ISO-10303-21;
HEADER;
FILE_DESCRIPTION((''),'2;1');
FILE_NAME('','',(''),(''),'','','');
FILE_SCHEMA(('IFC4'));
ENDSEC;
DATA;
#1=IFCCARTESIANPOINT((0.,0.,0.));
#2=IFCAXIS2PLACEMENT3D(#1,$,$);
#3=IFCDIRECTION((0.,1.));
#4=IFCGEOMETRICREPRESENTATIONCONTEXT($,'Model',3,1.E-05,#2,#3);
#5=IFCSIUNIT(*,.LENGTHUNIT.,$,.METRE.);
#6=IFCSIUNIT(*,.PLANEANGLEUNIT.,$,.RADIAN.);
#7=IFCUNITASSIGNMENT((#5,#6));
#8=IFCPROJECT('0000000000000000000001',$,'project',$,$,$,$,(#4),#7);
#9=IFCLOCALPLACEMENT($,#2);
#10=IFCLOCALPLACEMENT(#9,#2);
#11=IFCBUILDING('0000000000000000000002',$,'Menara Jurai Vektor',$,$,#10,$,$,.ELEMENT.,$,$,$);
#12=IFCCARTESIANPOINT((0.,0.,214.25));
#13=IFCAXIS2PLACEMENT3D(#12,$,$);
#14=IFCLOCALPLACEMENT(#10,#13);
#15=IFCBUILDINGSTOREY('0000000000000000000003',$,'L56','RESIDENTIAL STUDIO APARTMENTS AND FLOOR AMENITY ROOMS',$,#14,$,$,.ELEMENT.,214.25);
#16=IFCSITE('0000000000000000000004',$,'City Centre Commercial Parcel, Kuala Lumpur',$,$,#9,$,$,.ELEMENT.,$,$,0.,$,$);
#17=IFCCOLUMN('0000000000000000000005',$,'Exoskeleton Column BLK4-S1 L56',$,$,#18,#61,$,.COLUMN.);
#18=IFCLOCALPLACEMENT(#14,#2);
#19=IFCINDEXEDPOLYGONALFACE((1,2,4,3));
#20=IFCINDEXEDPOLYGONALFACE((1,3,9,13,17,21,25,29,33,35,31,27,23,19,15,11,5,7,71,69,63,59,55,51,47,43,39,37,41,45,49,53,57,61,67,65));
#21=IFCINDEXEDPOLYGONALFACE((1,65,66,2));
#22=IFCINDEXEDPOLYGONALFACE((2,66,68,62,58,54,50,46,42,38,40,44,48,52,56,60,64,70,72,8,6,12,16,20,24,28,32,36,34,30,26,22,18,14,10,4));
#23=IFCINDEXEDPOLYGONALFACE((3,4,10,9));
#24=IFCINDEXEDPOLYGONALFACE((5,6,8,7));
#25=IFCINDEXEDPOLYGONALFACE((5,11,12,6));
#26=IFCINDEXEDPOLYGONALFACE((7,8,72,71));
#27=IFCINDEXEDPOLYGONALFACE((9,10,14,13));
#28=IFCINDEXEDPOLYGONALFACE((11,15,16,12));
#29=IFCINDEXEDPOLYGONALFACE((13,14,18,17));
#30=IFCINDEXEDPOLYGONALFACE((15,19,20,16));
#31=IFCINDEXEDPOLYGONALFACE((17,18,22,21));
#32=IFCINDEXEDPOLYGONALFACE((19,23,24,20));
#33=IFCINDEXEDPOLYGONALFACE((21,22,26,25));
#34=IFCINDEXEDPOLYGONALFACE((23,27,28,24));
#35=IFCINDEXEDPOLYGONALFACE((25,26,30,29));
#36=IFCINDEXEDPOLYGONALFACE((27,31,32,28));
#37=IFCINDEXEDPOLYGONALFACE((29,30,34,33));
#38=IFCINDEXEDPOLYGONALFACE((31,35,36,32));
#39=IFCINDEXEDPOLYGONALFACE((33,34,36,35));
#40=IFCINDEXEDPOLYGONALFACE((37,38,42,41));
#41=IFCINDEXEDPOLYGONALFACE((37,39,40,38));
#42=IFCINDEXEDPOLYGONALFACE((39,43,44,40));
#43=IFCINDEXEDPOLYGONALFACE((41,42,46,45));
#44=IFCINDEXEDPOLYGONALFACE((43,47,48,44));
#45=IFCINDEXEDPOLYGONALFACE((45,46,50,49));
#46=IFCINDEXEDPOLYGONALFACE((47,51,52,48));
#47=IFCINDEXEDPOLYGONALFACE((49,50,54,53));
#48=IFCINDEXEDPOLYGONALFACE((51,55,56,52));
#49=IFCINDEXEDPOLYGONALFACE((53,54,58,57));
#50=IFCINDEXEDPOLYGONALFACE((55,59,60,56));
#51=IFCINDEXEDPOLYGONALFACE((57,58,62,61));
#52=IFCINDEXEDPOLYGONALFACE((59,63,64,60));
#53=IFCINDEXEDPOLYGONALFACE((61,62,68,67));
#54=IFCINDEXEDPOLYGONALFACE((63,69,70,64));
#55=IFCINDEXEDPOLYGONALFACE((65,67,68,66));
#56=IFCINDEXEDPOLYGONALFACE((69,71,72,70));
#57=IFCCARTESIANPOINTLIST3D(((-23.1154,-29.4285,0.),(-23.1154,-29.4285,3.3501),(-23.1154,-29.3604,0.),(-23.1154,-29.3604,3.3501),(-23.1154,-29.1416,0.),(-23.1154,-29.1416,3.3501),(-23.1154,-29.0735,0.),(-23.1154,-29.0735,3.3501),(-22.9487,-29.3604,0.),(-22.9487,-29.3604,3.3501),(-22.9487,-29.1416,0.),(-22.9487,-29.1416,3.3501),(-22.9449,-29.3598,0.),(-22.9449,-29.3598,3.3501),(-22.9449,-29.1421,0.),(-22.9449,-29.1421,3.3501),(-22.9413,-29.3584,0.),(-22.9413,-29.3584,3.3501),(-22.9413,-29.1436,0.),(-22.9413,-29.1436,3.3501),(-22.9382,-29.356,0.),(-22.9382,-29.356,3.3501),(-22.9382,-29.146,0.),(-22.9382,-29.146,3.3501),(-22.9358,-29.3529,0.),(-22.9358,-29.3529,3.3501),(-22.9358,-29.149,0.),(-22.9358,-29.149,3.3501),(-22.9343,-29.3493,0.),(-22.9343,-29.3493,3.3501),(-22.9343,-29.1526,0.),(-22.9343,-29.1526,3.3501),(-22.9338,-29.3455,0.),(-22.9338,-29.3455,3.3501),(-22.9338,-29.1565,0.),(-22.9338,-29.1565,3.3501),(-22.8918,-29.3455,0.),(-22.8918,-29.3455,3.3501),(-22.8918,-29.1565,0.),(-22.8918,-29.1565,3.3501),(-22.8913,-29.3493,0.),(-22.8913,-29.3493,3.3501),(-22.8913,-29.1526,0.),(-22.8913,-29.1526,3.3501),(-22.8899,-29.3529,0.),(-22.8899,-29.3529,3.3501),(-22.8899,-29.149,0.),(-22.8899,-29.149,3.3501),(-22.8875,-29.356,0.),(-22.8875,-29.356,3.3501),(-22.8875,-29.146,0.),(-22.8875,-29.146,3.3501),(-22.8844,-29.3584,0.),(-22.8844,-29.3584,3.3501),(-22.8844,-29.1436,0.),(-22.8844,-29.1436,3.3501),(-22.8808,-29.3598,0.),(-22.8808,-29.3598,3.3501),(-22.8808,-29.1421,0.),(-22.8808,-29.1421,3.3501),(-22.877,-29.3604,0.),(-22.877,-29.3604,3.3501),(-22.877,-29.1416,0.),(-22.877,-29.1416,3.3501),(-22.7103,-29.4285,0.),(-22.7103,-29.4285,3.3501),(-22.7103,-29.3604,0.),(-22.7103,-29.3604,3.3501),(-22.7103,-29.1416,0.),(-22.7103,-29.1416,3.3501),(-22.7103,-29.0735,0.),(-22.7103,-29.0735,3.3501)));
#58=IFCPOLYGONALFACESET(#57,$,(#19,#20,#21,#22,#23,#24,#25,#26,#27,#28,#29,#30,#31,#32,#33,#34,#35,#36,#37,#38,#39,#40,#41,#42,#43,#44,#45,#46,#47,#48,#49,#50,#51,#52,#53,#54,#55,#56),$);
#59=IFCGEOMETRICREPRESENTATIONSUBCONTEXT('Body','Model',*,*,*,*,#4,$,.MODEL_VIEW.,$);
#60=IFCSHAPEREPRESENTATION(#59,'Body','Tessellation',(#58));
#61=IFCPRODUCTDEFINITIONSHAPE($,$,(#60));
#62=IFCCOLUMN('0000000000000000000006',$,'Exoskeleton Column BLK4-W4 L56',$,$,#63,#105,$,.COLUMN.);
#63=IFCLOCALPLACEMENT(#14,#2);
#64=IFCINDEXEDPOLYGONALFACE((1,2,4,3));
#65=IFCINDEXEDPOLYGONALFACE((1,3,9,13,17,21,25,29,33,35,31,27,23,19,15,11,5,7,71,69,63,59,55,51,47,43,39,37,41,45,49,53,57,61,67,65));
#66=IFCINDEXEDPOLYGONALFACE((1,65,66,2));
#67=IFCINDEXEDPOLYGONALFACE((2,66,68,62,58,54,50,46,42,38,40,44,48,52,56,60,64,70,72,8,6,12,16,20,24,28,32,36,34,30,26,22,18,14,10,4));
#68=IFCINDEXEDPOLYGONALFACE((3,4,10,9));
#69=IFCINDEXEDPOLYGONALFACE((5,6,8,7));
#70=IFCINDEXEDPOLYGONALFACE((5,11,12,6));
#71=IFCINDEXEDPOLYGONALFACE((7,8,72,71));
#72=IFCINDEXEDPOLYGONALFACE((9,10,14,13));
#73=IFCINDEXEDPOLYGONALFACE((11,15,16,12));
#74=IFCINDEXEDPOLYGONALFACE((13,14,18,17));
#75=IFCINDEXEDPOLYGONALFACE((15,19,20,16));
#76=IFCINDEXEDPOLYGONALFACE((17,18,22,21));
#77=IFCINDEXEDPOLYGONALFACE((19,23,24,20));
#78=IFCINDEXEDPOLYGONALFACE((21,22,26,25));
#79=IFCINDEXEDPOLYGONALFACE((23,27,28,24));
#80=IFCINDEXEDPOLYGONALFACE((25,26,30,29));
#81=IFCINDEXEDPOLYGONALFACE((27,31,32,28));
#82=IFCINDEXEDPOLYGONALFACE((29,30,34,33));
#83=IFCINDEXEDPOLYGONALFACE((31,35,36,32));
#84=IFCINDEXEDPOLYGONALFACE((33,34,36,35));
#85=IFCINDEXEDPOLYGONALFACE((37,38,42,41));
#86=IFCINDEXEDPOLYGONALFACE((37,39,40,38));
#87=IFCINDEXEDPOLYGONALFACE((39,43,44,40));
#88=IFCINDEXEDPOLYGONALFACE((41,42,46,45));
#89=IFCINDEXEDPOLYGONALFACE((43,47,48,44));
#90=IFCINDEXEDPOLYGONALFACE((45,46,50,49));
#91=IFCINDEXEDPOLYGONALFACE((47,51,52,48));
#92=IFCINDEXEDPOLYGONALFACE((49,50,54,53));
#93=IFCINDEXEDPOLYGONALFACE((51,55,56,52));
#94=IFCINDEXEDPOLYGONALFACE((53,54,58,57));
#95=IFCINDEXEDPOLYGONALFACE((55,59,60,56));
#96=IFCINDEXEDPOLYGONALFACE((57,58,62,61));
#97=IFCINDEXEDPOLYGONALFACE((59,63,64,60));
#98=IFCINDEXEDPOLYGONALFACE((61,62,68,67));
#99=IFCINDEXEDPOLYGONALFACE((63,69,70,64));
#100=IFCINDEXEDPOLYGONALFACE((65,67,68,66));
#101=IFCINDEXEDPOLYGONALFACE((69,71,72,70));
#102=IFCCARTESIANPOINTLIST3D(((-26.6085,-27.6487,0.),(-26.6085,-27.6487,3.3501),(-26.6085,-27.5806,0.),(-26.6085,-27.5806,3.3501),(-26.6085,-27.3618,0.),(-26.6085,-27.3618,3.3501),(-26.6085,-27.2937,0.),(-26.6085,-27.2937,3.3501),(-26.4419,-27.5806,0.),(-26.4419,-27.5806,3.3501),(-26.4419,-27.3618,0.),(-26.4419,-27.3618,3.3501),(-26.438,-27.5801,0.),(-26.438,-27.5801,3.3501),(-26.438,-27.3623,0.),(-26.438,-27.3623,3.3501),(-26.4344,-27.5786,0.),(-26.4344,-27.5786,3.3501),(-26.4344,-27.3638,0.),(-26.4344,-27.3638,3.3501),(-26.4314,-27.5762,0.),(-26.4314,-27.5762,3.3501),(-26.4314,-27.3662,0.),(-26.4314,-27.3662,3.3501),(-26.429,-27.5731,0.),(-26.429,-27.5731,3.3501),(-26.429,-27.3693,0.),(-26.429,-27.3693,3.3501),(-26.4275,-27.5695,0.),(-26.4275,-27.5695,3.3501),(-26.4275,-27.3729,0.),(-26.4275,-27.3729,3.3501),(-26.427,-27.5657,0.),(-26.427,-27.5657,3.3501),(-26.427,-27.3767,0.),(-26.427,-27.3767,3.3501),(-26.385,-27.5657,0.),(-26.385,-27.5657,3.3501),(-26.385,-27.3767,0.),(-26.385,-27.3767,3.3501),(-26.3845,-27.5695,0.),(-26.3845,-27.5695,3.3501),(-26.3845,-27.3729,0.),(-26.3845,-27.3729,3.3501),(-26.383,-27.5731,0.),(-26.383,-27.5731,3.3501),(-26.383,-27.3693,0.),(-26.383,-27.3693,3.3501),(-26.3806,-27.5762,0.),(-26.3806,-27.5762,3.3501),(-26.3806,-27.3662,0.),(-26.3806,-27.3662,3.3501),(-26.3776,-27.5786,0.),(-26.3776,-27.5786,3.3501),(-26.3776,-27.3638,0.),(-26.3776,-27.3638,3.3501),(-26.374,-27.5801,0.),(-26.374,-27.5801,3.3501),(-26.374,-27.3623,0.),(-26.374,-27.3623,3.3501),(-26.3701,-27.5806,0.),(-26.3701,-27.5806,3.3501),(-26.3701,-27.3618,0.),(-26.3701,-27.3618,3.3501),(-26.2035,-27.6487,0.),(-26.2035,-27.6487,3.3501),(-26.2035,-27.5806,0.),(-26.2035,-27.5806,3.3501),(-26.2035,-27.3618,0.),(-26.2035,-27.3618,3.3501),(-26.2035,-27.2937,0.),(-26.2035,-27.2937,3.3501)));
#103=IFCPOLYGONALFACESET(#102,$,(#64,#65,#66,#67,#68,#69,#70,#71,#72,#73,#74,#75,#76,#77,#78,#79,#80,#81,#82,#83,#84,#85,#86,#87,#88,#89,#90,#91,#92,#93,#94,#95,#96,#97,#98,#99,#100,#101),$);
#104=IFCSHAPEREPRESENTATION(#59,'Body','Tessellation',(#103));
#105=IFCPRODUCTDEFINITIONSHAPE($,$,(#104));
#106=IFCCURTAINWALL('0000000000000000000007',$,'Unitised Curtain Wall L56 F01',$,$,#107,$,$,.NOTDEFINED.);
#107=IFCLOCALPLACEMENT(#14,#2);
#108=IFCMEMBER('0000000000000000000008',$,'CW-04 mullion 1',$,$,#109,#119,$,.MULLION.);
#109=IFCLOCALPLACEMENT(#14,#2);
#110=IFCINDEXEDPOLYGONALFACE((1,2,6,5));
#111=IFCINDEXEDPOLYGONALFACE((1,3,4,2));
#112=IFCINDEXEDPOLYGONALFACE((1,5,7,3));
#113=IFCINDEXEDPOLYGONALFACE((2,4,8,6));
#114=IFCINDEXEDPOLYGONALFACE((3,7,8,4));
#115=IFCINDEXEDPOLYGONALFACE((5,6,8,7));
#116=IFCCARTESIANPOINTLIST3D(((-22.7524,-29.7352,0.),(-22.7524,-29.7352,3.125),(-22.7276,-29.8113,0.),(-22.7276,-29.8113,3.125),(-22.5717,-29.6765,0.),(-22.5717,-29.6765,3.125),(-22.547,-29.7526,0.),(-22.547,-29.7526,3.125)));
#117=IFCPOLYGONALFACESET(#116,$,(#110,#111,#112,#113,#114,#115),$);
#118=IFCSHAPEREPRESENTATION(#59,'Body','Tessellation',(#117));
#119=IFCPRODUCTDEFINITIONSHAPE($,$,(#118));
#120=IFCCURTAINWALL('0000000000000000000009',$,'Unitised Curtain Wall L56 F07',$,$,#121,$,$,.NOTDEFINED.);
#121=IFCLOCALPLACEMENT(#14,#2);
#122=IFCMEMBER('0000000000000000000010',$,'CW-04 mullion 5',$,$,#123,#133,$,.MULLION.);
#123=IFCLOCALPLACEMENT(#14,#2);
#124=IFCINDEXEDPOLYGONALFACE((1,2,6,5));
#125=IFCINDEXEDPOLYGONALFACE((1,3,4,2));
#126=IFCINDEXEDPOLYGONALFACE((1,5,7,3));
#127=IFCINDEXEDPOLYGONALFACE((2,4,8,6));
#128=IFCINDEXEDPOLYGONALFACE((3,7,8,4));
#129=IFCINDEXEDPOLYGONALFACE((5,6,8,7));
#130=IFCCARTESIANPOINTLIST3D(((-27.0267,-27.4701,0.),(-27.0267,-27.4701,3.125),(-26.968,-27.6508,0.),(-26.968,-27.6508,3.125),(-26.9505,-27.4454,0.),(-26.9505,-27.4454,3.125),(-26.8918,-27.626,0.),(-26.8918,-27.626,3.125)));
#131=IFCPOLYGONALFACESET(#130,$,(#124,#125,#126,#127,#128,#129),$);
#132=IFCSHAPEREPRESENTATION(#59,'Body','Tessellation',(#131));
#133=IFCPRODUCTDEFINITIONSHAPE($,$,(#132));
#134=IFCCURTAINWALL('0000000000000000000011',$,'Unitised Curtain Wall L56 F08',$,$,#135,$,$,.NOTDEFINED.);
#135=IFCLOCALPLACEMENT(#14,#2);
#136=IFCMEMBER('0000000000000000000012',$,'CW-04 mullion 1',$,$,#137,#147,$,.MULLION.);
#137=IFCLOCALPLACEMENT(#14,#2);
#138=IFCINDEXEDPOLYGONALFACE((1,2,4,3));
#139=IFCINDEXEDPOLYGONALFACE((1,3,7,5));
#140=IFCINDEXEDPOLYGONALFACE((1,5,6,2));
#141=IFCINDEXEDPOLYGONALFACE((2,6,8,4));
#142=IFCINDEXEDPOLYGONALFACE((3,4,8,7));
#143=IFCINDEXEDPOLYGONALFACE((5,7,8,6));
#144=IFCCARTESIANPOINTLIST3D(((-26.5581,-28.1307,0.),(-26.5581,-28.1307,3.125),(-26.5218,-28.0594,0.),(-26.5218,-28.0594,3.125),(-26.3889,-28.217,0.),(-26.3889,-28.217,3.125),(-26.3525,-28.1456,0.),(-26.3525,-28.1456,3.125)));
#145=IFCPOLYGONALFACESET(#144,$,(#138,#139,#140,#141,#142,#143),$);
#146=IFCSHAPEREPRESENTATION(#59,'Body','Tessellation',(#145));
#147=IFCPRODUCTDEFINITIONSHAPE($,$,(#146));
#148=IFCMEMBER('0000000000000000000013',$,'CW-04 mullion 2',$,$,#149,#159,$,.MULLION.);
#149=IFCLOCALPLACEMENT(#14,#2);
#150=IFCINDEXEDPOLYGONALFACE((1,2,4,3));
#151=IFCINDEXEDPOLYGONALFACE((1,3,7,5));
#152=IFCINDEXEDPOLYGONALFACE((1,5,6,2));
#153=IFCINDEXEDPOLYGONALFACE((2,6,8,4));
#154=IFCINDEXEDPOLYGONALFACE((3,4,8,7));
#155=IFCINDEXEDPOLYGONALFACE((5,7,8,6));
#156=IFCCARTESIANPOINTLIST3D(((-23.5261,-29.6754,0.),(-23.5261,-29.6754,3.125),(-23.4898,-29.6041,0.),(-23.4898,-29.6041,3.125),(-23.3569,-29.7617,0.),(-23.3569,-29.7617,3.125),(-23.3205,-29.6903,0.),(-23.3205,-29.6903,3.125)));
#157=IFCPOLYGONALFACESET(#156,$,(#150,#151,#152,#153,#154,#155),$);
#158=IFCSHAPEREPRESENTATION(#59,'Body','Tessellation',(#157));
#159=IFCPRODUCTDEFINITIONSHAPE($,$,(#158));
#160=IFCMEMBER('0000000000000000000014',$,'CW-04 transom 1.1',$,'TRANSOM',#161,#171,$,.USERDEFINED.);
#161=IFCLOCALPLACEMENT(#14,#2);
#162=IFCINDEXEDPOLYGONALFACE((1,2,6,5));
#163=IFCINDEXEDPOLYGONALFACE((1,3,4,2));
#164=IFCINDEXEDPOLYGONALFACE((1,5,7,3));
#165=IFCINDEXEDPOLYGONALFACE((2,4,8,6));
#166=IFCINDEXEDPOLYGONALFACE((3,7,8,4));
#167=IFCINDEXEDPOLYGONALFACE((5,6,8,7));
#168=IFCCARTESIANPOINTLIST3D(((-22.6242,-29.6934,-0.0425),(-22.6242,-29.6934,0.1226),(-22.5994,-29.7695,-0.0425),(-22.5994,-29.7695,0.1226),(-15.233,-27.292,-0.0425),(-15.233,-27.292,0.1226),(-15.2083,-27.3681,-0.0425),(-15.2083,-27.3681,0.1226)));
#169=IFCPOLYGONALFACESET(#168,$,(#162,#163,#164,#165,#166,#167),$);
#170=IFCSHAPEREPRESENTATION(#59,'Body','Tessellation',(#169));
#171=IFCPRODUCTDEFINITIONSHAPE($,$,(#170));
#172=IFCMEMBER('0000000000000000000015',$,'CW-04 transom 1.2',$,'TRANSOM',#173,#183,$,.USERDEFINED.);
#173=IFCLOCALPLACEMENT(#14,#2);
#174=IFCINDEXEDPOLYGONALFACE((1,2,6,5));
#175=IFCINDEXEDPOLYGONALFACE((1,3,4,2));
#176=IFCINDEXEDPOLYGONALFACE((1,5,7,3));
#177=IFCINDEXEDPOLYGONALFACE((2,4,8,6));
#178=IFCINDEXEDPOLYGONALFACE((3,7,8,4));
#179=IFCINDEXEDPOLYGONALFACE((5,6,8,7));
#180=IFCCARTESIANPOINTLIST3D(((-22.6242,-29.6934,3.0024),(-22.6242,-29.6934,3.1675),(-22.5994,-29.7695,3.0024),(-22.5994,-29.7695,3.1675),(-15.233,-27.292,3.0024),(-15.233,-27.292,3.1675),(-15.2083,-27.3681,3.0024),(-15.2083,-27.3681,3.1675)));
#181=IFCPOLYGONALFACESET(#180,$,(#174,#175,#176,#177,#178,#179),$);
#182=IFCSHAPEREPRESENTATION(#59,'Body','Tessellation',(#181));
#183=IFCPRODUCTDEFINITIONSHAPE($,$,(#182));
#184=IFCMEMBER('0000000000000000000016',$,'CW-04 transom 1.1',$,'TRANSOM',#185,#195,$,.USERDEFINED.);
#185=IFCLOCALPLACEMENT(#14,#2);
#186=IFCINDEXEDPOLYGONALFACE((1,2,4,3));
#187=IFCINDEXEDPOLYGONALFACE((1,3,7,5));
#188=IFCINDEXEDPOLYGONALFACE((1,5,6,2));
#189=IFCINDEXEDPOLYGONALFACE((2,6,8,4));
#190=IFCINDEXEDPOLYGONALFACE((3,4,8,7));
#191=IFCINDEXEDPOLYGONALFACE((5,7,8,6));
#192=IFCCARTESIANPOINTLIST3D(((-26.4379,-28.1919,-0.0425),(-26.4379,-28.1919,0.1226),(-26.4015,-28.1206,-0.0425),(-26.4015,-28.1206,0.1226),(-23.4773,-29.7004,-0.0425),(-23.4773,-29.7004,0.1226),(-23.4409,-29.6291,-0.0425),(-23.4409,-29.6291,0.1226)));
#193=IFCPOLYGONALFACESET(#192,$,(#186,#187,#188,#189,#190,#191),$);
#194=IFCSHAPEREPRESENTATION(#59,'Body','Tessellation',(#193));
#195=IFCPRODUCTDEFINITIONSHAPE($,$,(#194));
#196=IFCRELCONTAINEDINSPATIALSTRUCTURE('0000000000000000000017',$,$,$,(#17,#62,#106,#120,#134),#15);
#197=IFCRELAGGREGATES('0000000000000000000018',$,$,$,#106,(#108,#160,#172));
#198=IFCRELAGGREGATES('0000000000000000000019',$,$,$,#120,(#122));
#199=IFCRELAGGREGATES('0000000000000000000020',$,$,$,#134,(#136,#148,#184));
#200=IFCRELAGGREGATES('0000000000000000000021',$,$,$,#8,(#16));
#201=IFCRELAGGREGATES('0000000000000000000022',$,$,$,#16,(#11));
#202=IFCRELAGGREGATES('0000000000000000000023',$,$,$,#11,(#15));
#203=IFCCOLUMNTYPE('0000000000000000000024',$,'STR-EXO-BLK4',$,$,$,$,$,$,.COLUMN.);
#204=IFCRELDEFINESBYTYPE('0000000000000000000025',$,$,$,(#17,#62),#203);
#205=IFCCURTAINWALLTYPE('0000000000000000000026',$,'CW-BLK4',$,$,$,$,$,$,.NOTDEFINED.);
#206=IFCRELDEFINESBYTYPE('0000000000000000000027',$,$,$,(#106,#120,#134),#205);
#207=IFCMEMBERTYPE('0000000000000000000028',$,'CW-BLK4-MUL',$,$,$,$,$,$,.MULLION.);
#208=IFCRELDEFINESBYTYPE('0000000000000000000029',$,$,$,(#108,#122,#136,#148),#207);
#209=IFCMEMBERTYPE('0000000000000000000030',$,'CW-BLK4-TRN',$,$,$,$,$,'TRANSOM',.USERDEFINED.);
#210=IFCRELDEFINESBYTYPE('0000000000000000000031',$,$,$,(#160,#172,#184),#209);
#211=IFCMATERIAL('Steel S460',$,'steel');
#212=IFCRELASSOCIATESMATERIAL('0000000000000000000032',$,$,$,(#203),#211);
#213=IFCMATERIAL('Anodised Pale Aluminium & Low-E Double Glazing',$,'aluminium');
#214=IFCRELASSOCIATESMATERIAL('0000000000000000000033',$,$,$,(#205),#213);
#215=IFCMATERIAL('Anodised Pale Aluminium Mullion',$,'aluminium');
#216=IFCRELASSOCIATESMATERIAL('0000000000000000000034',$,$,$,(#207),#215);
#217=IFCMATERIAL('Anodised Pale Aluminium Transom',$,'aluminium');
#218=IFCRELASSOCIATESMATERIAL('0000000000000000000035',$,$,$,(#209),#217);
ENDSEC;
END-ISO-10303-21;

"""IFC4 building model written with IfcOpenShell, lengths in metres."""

from ifc_helpers import new_model, si_unit, direction, frame, origin, origin_2d, place, context, subcontext, project, spatial, rectangle, i_section, extrude, material, material_profile, profile_set, type_object, element, aggregate, save


model = new_model("IFC4")

# Units and contexts
model_context = context("Model", 3, precision=1e-05, world=origin(), true_north=direction((0.0, 1.0)))
body_context = subcontext(model_context, "Body", "Model", "MODEL_VIEW")
ifc_project = project(units=[si_unit("LENGTHUNIT", "METRE"), si_unit("PLANEANGLEUNIT", "RADIAN")], contexts=[model_context])

# Site, building, storey
site_placement = place(None, origin())
site = spatial("IfcSite", under=ifc_project, at=site_placement, Name="City Centre Commercial Parcel, Kuala Lumpur", CompositionType="ELEMENT", RefElevation=0.0)
building_placement = place(site_placement, origin())
building = spatial("IfcBuilding", under=site, at=building_placement, Name="Menara Jurai Vektor", CompositionType="ELEMENT")
storey_placement = place(building_placement, frame((0.0, 0.0, 214.25)))
storey = spatial("IfcBuildingStorey", under=building, at=storey_placement, Name="L56", Description="RESIDENTIAL STUDIO APARTMENTS AND FLOOR AMENITY ROOMS", CompositionType="ELEMENT", Elevation=214.25)

# Columns
ifc_material_1 = material(Name="Steel S460", Category="steel")
ifc_material_profile_1 = material_profile(ifc_material_1, i_section(OverallWidth=0.405, OverallDepth=0.355, WebThickness=0.042, FlangeThickness=0.0681, FilletRadius=0.0149, at=origin_2d()), Name="HD 400x551")
ifc_profile_set_1 = profile_set([ifc_material_profile_1], Name="Steel S460")
column_type = type_object("IfcColumnType", Name="STR-EXO-BLK4", PredefinedType="COLUMN", material=ifc_profile_set_1)
for number, where, z_axis, x_axis, name in (
    (1, (-22.9128, -29.251, 0.0), (0.0, 0.0, 1.0), (1.0, 0.0, 0.0), "Exoskeleton Column BLK4-S1 L56"),
    (2, (-26.406, -27.4712, 0.0), (0.0, 0.0, 1.0), (1.0, 0.0, 0.0), "Exoskeleton Column BLK4-W4 L56"),
):
    element("IfcColumn", number, at=place(storey_placement, frame(where, z_axis=z_axis, x_axis=x_axis)), inside=storey, type_object=column_type, Name=name, PredefinedType="COLUMN", context=body_context, shape_type="SweptSolid", body=[
        extrude(i_section(OverallWidth=0.405, OverallDepth=0.355, WebThickness=0.042, FlangeThickness=0.0681, FilletRadius=0.0149, at=origin_2d()), origin(), (0.0, 0.0, 1.0), 3.3501),
    ])

# Curtain walls, members
ifc_material_2 = material(Name="Anodised Pale Aluminium & Low-E Double Glazing", Category="aluminium")
curtain_wall_type = type_object("IfcCurtainWallType", Name="CW-BLK4", PredefinedType="NOTDEFINED", material=ifc_material_2)
curtain_wall_1_placement = place(storey_placement, origin())
curtain_wall_1 = element("IfcCurtainWall", 3, at=curtain_wall_1_placement, inside=storey, type_object=curtain_wall_type, Name="Unitised Curtain Wall L56 F01", PredefinedType="NOTDEFINED")
ifc_material_3 = material(Name="Anodised Pale Aluminium Mullion", Category="aluminium")
ifc_material_profile_2 = material_profile(ifc_material_3, rectangle(XDim=0.0801, YDim=0.1899, at=origin_2d()), Name="ALU MUL 80x190")
ifc_profile_set_2 = profile_set([ifc_material_profile_2], Name="Anodised Pale Aluminium Mullion")
member_type_1 = type_object("IfcMemberType", Name="CW-BLK4-MUL", PredefinedType="MULLION", material=ifc_profile_set_2)
member_1_placement = place(storey_placement, frame((-22.6497, -29.7439, 0.0), z_axis=(0.0, 0.0, 1.0), x_axis=(-0.309017, 0.951056, 0.0)))
member_1 = element("IfcMember", 4, at=member_1_placement, type_object=member_type_1, Name="CW-04 mullion 1", PredefinedType="MULLION", context=body_context, shape_type="SweptSolid", body=[
    extrude(rectangle(XDim=0.0801, YDim=0.1899, at=origin_2d()), origin(), (0.0, 0.0, 1.0), 3.125),
])
curtain_wall_2_placement = place(storey_placement, origin())
curtain_wall_2 = element("IfcCurtainWall", 5, at=curtain_wall_2_placement, inside=storey, type_object=curtain_wall_type, Name="Unitised Curtain Wall L56 F07", PredefinedType="NOTDEFINED")
member_2_placement = place(storey_placement, frame((-26.9592, -27.5481, 0.0), z_axis=(0.0, 0.0, 1.0), x_axis=(0.951057, 0.309016, 0.0)))
member_2 = element("IfcMember", 6, at=member_2_placement, type_object=member_type_1, Name="CW-04 mullion 5", PredefinedType="MULLION", context=body_context, shape_type="SweptSolid", body=[
    extrude(rectangle(XDim=0.0801, YDim=0.1899, at=origin_2d()), origin(), (0.0, 0.0, 1.0), 3.125),
])

# Curtain wall, members
curtain_wall_3_placement = place(storey_placement, origin())
curtain_wall_3 = element("IfcCurtainWall", 7, at=curtain_wall_3_placement, inside=storey, type_object=curtain_wall_type, Name="Unitised Curtain Wall L56 F08", PredefinedType="NOTDEFINED")
member_3_placement = place(storey_placement, frame((-26.4553, -28.1382, 0.0), z_axis=(0.0, 0.0, 1.0), x_axis=(0.453989, 0.891008, 0.0)))
member_3 = element("IfcMember", 8, at=member_3_placement, type_object=member_type_1, Name="CW-04 mullion 1", PredefinedType="MULLION", context=body_context, shape_type="SweptSolid", body=[
    extrude(rectangle(XDim=0.0801, YDim=0.1899, at=origin_2d()), origin(), (0.0, 0.0, 1.0), 3.125),
])
member_4_placement = place(storey_placement, frame((-23.4233, -29.6829, 0.0), z_axis=(0.0, 0.0, 1.0), x_axis=(0.453989, 0.891008, 0.0)))
member_4 = element("IfcMember", 9, at=member_4_placement, type_object=member_type_1, Name="CW-04 mullion 2", PredefinedType="MULLION", context=body_context, shape_type="SweptSolid", body=[
    extrude(rectangle(XDim=0.0801, YDim=0.1899, at=origin_2d()), origin(), (0.0, 0.0, 1.0), 3.125),
])

# Members
ifc_material_4 = material(Name="Anodised Pale Aluminium Transom", Category="aluminium")
ifc_material_profile_3 = material_profile(ifc_material_4, rectangle(XDim=0.0801, YDim=0.165, at=origin_2d()), Name="ALU TRN 80x165")
ifc_profile_set_3 = profile_set([ifc_material_profile_3], Name="Anodised Pale Aluminium Transom")
member_type_2 = type_object("IfcMemberType", Name="CW-BLK4-TRN", ElementType="TRANSOM", PredefinedType="USERDEFINED", material=ifc_profile_set_3)
member_5_placement = place(storey_placement, frame((-22.6118, -29.7314, 0.04), z_axis=(0.951062, 0.308999, 0.0), x_axis=(-0.308999, 0.951062, 0.0)))
member_5 = element("IfcMember", 10, at=member_5_placement, type_object=member_type_2, Name="CW-04 transom 1.1", ObjectType="TRANSOM", PredefinedType="USERDEFINED", context=body_context, shape_type="SweptSolid", body=[
    extrude(rectangle(XDim=0.0801, YDim=0.165, at=origin_2d()), origin(), (0.0, 0.0, 1.0), 7.7715),
])
member_6_placement = place(storey_placement, frame((-22.6118, -29.7314, 3.085), z_axis=(0.951062, 0.308999, 0.0), x_axis=(-0.308999, 0.951062, 0.0)))
member_6 = element("IfcMember", 11, at=member_6_placement, type_object=member_type_2, Name="CW-04 transom 1.2", ObjectType="TRANSOM", PredefinedType="USERDEFINED", context=body_context, shape_type="SweptSolid", body=[
    extrude(rectangle(XDim=0.0801, YDim=0.165, at=origin_2d()), origin(), (0.0, 0.0, 1.0), 7.7715),
])
aggregate(curtain_wall_1, [member_1, member_5, member_6])
member_7_placement = place(storey_placement, frame((-26.4197, -28.1562, 0.04), z_axis=(0.891007, -0.45399, 0.0), x_axis=(0.45399, 0.891007, 0.0)))
member_7 = element("IfcMember", 12, at=member_7_placement, type_object=member_type_2, Name="CW-04 transom 1.1", ObjectType="TRANSOM", PredefinedType="USERDEFINED", context=body_context, shape_type="SweptSolid", body=[
    extrude(rectangle(XDim=0.0801, YDim=0.165, at=origin_2d()), origin(), (0.0, 0.0, 1.0), 3.3228),
])

aggregate(curtain_wall_2, [member_2])
aggregate(curtain_wall_3, [member_3, member_4, member_7])

save(model, "model.ifc")
